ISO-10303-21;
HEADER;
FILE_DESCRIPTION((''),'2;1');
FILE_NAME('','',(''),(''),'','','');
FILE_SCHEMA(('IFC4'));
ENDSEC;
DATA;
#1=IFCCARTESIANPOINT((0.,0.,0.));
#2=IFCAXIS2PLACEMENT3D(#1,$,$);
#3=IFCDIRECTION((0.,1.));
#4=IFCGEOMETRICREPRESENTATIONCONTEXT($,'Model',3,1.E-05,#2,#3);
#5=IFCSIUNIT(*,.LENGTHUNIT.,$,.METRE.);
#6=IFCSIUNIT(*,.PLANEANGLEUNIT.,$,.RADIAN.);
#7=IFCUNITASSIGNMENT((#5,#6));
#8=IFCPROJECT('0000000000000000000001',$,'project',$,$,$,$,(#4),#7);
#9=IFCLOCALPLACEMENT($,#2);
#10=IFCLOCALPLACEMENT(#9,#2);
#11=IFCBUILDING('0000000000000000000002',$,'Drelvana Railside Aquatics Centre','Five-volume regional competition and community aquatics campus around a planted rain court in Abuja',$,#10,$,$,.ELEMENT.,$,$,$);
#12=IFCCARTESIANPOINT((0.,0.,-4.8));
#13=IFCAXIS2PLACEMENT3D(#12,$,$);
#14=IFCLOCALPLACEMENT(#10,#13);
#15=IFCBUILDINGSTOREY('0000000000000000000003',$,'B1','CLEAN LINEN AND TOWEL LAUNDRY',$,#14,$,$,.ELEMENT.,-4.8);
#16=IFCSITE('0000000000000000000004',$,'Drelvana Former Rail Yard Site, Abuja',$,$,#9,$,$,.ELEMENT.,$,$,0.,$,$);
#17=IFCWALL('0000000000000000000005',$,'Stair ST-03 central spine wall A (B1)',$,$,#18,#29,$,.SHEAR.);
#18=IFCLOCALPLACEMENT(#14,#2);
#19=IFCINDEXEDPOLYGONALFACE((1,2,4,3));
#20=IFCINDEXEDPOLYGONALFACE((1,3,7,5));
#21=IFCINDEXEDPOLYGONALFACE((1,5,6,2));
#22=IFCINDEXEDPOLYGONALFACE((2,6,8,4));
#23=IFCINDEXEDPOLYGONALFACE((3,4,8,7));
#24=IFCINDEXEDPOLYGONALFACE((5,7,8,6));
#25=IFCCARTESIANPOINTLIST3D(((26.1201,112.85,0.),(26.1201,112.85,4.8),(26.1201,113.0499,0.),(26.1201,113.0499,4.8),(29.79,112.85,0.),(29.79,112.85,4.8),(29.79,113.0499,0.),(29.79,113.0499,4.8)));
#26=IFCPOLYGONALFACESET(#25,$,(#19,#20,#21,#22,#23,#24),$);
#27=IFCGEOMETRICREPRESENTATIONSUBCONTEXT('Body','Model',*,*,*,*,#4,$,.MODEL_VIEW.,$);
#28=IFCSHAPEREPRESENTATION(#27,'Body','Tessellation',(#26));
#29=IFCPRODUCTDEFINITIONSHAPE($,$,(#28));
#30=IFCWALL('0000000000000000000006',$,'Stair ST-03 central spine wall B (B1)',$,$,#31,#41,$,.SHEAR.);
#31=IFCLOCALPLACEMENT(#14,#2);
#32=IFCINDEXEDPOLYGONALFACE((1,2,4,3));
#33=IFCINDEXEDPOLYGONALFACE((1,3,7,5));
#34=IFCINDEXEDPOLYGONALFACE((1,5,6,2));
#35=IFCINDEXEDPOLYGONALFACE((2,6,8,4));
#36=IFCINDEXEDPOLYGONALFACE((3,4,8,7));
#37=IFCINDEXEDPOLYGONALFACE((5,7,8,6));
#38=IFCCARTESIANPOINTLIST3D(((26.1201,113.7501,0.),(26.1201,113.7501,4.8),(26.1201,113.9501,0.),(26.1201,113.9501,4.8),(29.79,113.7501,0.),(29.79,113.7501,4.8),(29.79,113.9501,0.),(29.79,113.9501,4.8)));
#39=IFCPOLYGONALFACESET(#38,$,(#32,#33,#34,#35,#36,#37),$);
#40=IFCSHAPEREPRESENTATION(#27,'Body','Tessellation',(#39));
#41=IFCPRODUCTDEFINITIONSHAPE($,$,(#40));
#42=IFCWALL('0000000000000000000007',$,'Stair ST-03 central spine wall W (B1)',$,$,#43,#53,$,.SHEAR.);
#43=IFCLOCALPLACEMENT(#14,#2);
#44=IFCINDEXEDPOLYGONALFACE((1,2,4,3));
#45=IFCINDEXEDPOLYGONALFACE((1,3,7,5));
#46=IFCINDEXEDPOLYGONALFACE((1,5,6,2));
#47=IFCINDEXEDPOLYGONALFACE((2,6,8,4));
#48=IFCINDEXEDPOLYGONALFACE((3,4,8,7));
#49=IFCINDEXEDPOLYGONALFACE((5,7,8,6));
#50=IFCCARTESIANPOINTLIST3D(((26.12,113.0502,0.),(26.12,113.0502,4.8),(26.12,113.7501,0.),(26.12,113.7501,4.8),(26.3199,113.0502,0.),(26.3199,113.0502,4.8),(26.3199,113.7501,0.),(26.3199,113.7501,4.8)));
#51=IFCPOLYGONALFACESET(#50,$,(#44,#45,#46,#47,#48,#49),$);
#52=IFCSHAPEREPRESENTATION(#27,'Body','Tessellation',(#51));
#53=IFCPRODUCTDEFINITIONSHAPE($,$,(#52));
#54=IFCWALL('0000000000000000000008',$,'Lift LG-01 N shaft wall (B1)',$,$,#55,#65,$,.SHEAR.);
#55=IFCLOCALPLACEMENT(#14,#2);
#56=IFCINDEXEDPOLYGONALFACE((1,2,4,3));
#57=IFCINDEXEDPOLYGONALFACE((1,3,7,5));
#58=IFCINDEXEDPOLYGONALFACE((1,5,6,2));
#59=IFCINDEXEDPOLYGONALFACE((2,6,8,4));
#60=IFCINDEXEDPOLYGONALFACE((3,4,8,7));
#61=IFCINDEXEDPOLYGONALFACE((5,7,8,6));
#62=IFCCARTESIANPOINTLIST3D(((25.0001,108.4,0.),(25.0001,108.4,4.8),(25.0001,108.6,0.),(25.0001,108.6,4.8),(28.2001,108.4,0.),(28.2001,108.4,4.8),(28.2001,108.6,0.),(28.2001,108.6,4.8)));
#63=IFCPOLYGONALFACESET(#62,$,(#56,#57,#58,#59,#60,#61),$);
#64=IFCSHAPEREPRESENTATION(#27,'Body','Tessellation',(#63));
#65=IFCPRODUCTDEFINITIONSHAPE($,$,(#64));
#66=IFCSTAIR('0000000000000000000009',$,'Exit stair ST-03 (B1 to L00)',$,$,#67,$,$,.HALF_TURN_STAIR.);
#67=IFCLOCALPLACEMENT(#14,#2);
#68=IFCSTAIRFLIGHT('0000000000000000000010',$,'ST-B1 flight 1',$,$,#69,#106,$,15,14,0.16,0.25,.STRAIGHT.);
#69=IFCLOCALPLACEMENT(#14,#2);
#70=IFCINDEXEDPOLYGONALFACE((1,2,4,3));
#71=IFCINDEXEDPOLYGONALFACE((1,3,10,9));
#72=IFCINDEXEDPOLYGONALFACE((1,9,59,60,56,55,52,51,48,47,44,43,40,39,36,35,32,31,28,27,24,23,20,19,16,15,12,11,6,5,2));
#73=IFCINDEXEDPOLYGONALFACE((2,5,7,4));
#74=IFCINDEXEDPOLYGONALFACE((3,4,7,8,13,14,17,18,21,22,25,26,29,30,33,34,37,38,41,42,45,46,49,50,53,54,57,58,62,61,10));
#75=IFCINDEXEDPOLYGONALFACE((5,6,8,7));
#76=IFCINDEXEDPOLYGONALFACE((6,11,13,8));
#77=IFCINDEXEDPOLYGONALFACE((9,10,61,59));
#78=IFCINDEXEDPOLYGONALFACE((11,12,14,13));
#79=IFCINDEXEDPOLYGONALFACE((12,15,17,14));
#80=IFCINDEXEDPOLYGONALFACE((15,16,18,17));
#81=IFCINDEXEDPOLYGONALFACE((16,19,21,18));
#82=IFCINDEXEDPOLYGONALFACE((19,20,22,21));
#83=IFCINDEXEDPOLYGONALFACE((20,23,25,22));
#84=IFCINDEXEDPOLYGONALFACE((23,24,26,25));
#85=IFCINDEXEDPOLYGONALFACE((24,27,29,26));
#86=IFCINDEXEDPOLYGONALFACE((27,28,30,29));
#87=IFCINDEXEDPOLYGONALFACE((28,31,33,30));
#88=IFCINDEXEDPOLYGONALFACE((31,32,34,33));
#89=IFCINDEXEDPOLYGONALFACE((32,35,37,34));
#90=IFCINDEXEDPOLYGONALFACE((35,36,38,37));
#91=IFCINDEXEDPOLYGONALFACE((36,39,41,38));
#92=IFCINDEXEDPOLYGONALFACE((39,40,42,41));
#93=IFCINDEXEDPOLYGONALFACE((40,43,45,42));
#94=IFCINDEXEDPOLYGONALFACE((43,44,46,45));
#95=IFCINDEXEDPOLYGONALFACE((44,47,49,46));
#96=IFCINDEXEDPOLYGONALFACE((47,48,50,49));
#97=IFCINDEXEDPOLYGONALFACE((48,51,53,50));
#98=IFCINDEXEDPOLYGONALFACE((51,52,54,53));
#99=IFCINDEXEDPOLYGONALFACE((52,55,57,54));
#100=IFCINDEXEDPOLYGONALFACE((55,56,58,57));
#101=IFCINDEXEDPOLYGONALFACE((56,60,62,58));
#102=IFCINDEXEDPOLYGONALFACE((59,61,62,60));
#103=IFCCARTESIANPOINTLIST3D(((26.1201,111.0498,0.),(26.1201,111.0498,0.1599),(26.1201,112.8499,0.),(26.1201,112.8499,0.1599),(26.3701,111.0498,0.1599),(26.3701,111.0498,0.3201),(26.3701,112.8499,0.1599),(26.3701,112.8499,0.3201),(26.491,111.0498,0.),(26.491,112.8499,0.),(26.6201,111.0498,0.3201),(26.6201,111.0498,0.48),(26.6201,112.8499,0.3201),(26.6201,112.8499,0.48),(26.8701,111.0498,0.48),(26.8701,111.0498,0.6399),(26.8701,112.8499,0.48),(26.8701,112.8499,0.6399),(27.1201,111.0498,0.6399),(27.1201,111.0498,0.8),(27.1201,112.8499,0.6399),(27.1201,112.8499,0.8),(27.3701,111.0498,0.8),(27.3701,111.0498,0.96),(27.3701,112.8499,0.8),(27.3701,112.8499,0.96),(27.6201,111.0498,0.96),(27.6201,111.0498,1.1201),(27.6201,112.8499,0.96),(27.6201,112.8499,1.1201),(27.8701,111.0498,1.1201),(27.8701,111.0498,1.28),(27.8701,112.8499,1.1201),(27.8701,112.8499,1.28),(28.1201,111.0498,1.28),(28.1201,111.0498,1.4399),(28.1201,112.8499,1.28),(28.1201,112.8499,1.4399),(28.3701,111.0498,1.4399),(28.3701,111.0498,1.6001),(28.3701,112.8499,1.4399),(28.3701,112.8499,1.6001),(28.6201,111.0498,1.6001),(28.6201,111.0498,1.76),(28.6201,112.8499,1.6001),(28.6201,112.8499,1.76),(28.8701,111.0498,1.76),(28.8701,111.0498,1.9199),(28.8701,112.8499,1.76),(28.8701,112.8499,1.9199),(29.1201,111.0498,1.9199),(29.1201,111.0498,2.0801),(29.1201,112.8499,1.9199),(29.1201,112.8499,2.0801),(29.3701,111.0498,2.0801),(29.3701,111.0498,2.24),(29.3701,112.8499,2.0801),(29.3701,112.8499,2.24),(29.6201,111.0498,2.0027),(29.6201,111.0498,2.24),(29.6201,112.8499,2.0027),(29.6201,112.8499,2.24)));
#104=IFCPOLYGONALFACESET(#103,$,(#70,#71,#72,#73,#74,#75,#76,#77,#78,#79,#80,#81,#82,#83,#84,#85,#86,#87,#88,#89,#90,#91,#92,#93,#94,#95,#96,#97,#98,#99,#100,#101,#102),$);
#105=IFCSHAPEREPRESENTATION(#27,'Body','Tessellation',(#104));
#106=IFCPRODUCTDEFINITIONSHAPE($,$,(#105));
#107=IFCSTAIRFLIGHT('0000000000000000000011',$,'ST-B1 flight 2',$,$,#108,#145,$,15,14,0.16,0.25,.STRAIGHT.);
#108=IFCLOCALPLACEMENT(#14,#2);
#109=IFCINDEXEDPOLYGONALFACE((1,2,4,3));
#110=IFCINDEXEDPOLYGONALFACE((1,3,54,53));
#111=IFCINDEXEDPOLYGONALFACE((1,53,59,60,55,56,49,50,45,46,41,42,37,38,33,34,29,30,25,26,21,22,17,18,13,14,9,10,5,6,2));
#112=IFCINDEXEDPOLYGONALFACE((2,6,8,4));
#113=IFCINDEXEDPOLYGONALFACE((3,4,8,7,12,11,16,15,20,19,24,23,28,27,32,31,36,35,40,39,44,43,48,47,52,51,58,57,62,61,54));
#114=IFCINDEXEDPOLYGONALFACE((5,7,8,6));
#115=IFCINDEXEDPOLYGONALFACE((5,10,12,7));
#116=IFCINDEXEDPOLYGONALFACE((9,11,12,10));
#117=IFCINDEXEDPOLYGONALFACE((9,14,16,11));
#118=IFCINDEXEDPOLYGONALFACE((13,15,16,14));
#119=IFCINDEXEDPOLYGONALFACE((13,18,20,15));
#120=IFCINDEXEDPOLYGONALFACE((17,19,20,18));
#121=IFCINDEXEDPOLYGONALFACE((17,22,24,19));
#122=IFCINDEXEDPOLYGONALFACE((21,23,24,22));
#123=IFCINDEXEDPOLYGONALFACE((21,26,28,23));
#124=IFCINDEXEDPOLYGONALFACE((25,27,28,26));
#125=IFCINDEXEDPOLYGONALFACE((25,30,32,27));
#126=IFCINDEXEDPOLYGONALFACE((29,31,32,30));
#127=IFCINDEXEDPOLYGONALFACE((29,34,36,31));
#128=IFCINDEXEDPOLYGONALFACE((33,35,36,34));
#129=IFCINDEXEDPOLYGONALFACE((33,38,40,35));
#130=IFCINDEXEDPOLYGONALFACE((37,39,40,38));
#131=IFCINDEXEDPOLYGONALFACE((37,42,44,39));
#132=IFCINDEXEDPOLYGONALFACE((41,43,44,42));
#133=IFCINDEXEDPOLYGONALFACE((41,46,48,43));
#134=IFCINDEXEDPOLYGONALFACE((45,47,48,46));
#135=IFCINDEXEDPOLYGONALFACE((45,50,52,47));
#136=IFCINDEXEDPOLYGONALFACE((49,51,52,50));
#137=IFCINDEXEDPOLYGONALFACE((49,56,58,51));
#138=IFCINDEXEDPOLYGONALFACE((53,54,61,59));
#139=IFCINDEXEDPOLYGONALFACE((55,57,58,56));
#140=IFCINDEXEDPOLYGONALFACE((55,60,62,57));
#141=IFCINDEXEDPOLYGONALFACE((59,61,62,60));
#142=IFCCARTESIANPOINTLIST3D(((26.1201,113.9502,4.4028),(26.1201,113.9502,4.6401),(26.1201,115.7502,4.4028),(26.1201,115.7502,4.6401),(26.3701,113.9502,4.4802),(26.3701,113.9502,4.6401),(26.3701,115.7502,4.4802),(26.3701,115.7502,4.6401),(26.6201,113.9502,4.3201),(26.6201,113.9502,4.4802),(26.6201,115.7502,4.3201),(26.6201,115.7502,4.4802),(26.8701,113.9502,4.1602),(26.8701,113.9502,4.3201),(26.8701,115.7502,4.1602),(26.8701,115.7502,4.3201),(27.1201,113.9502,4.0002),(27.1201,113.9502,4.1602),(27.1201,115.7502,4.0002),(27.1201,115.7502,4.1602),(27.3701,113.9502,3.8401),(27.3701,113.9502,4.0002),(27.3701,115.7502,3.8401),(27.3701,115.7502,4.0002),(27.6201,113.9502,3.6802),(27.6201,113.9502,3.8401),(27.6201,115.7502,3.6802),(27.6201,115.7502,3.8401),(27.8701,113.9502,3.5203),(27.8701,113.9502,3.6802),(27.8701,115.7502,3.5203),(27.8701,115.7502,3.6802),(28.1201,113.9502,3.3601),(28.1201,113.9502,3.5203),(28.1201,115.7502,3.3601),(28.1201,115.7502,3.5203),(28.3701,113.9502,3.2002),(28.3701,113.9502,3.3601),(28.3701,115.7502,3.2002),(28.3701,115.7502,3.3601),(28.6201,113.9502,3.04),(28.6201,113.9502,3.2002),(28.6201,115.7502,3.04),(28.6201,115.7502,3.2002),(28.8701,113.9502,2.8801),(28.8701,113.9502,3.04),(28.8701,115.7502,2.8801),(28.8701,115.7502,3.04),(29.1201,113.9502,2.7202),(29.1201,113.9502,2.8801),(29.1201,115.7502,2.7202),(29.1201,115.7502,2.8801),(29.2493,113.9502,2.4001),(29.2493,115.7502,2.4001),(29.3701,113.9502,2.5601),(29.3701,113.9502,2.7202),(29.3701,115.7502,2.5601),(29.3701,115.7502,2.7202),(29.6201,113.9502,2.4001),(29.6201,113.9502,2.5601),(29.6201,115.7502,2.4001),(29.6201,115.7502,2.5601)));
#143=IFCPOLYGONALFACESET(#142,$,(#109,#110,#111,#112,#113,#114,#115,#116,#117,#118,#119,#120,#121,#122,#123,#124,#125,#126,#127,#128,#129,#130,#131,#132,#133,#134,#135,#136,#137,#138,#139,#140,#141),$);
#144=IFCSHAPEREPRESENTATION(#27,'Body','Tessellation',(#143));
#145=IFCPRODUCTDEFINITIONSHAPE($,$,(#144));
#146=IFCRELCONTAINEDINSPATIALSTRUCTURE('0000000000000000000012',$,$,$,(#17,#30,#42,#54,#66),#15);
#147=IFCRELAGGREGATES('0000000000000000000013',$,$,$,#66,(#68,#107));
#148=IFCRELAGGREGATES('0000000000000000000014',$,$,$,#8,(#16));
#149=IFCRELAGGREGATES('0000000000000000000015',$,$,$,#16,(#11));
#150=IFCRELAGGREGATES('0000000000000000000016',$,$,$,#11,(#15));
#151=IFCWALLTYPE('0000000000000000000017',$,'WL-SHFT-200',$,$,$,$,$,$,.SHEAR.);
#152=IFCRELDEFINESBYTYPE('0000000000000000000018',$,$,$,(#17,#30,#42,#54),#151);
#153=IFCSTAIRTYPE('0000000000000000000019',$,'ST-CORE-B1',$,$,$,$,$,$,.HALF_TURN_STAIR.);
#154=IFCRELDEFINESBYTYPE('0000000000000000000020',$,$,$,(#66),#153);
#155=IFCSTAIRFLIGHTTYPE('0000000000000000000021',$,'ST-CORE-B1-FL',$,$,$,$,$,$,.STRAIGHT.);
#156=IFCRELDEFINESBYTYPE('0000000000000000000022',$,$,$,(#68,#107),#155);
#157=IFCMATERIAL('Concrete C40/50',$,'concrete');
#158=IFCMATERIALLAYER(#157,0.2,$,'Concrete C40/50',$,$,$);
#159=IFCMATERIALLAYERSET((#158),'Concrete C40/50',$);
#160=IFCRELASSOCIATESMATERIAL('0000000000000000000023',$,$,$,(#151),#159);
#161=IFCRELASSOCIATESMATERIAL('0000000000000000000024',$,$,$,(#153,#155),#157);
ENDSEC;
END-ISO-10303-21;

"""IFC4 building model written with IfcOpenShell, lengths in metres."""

from ifc_helpers import new_model, si_unit, direction, frame, frame_2d, origin, place, context, subcontext, project, spatial, polyline, rectangle, outline, extrude, material, layer, layer_set, type_object, element, aggregate, save


model = new_model("IFC4")

# Units and contexts
model_context = context("Model", 3, precision=1e-05, world=origin(), true_north=direction((0.0, 1.0)))
body_context = subcontext(model_context, "Body", "Model", "MODEL_VIEW")
ifc_project = project(units=[si_unit("LENGTHUNIT", "METRE"), si_unit("PLANEANGLEUNIT", "RADIAN")], contexts=[model_context])

# Site, building, storey
site_placement = place(None, origin())
site = spatial("IfcSite", under=ifc_project, at=site_placement, Name="Drelvana Former Rail Yard Site, Abuja", CompositionType="ELEMENT", RefElevation=0.0)
building_placement = place(site_placement, origin())
building = spatial("IfcBuilding", under=site, at=building_placement, Name="Drelvana Railside Aquatics Centre", Description="Five-volume regional competition and community aquatics campus around a planted rain court in Abuja", CompositionType="ELEMENT")
storey_placement = place(building_placement, frame((0.0, 0.0, -4.8)))
storey = spatial("IfcBuildingStorey", under=building, at=storey_placement, Name="B1", Description="CLEAN LINEN AND TOWEL LAUNDRY", CompositionType="ELEMENT", Elevation=-4.8)

# Shared definitions
ifc_material_1 = material(Name="Concrete C40/50", Category="concrete")

# Walls
ifc_layer_1 = layer(ifc_material_1, 0.2, Name="Concrete C40/50")
ifc_layer_set_1 = layer_set([ifc_layer_1], Name="Concrete C40/50")
wall_type_1 = type_object("IfcWallType", Name="WL-SHFT-200", PredefinedType="SHEAR", material=ifc_layer_set_1)
for number, where, z_axis, x_axis, name in (
    (1, (26.1201, 112.95, 0.0), (0.0, 0.0, 1.0), (1.0, 0.0, 0.0), "Stair ST-03 central spine wall A (B1)"),
    (2, (26.1201, 113.8501, 0.0), (0.0, 0.0, 1.0), (1.0, 0.0, 0.0), "Stair ST-03 central spine wall B (B1)"),
):
    element("IfcWall", number, at=place(storey_placement, frame(where, z_axis=z_axis, x_axis=x_axis)), inside=storey, type_object=wall_type_1, Name=name, PredefinedType="SHEAR", context=body_context, shape_type="SweptSolid", body=[
        extrude(rectangle(XDim=3.6699, YDim=0.2, at=frame_2d((1.835, 0.0))), origin(), (0.0, 0.0, 1.0), 4.8),
    ])
wall_1_placement = place(storey_placement, frame((26.22, 113.05, 0.0), z_axis=(0.0, 0.0, 1.0), x_axis=(0.0, 1.0, 0.0)))
element("IfcWall", 3, at=wall_1_placement, inside=storey, type_object=wall_type_1, Name="Stair ST-03 central spine wall W (B1)", PredefinedType="SHEAR", context=body_context, shape_type="SweptSolid", body=[
    extrude(rectangle(XDim=0.7, YDim=0.2, at=frame_2d((0.3501, 0.0))), origin(), (0.0, 0.0, 1.0), 4.8),
])
wall_2_placement = place(storey_placement, frame((25.0, 108.5, 0.0), z_axis=(0.0, 0.0, 1.0), x_axis=(1.0, 0.0, 0.0)))
element("IfcWall", 4, at=wall_2_placement, inside=storey, type_object=wall_type_1, Name="Lift LG-01 N shaft wall (B1)", PredefinedType="SHEAR", context=body_context, shape_type="SweptSolid", body=[
    extrude(rectangle(XDim=3.2, YDim=0.2, at=frame_2d((1.6001, 0.0))), origin(), (0.0, 0.0, 1.0), 4.8),
])

# Stair, stair flights
stair_type = type_object("IfcStairType", Name="ST-CORE-B1", PredefinedType="HALF_TURN_STAIR", material=ifc_material_1)
stair_placement = place(storey_placement, origin())
stair = element("IfcStair", 5, at=stair_placement, inside=storey, type_object=stair_type, Name="Exit stair ST-03 (B1 to L00)", PredefinedType="HALF_TURN_STAIR")
stair_flight_type = type_object("IfcStairFlightType", Name="ST-CORE-B1-FL", PredefinedType="STRAIGHT", material=ifc_material_1)
stair_flight_1_placement = place(storey_placement, frame((26.1201, 111.95, 0.0), z_axis=(0.0, 0.0, 1.0), x_axis=(1.0, 0.0, 0.0)))
stair_flight_1 = element("IfcStairFlight", 6, at=stair_flight_1_placement, type_object=stair_flight_type, Name="ST-B1 flight 1", NumberOfRisers=15, NumberOfTreads=14, PredefinedType="STRAIGHT", RiserHeight=0.16, TreadLength=0.25, context=body_context, shape_type="SweptSolid", body=[
    extrude(outline(polyline([(0.0, 0.0), (0.0, 0.1599), (0.25, 0.1599), (0.25, 0.3201), (0.5, 0.3201), (0.5, 0.48), (0.75, 0.48), (0.75, 0.6399), (1.0, 0.6399), (1.0, 0.8), (1.25, 0.8), (1.25, 0.96), (1.5, 0.96), (1.5, 1.1201), (1.75, 1.1201), (1.75, 1.28), (2.0, 1.28), (2.0, 1.4399), (2.25, 1.4399), (2.25, 1.6001), (2.5, 1.6001), (2.5, 1.76), (2.75, 1.76), (2.75, 1.9199), (3.0, 1.9199), (3.0, 2.0801), (3.25, 2.0801), (3.25, 2.24), (3.5, 2.24), (3.5, 2.3999), (3.5, 2.0027), (0.3708, 0.0), (0.0, 0.0)])), frame((0.0, 0.8999, 0.0), z_axis=(0.0, -1.0, 0.0), x_axis=(1.0, 0.0, 0.0)), (0.0, 0.0, 1.0), 1.8),
])
stair_flight_2_placement = place(storey_placement, frame((29.6201, 114.8501, 2.4001), z_axis=(0.0, 0.0, 1.0), x_axis=(-1.0, 0.0, 0.0)))
stair_flight_2 = element("IfcStairFlight", 7, at=stair_flight_2_placement, type_object=stair_flight_type, Name="ST-B1 flight 2", NumberOfRisers=15, NumberOfTreads=14, PredefinedType="STRAIGHT", RiserHeight=0.16, TreadLength=0.25, context=body_context, shape_type="SweptSolid", body=[
    extrude(outline(polyline([(0.0, 0.0), (0.0, 0.1599), (0.25, 0.1599), (0.25, 0.3201), (0.5, 0.3201), (0.5, 0.48), (0.75, 0.48), (0.75, 0.6399), (1.0, 0.6399), (1.0, 0.8), (1.25, 0.8), (1.25, 0.96), (1.5, 0.96), (1.5, 1.1201), (1.75, 1.1201), (1.75, 1.28), (2.0, 1.28), (2.0, 1.4399), (2.25, 1.4399), (2.25, 1.6001), (2.5, 1.6001), (2.5, 1.76), (2.75, 1.76), (2.75, 1.9199), (3.0, 1.9199), (3.0, 2.0801), (3.25, 2.0801), (3.25, 2.24), (3.5, 2.24), (3.5, 2.3999), (3.5, 2.0027), (0.3708, 0.0), (0.0, 0.0)])), frame((0.0, 0.8999, 0.0), z_axis=(0.0, -1.0, 0.0), x_axis=(1.0, 0.0, 0.0)), (0.0, 0.0, 1.0), 1.8),
])
aggregate(stair, [stair_flight_1, stair_flight_2])

save(model, "model.ifc")
